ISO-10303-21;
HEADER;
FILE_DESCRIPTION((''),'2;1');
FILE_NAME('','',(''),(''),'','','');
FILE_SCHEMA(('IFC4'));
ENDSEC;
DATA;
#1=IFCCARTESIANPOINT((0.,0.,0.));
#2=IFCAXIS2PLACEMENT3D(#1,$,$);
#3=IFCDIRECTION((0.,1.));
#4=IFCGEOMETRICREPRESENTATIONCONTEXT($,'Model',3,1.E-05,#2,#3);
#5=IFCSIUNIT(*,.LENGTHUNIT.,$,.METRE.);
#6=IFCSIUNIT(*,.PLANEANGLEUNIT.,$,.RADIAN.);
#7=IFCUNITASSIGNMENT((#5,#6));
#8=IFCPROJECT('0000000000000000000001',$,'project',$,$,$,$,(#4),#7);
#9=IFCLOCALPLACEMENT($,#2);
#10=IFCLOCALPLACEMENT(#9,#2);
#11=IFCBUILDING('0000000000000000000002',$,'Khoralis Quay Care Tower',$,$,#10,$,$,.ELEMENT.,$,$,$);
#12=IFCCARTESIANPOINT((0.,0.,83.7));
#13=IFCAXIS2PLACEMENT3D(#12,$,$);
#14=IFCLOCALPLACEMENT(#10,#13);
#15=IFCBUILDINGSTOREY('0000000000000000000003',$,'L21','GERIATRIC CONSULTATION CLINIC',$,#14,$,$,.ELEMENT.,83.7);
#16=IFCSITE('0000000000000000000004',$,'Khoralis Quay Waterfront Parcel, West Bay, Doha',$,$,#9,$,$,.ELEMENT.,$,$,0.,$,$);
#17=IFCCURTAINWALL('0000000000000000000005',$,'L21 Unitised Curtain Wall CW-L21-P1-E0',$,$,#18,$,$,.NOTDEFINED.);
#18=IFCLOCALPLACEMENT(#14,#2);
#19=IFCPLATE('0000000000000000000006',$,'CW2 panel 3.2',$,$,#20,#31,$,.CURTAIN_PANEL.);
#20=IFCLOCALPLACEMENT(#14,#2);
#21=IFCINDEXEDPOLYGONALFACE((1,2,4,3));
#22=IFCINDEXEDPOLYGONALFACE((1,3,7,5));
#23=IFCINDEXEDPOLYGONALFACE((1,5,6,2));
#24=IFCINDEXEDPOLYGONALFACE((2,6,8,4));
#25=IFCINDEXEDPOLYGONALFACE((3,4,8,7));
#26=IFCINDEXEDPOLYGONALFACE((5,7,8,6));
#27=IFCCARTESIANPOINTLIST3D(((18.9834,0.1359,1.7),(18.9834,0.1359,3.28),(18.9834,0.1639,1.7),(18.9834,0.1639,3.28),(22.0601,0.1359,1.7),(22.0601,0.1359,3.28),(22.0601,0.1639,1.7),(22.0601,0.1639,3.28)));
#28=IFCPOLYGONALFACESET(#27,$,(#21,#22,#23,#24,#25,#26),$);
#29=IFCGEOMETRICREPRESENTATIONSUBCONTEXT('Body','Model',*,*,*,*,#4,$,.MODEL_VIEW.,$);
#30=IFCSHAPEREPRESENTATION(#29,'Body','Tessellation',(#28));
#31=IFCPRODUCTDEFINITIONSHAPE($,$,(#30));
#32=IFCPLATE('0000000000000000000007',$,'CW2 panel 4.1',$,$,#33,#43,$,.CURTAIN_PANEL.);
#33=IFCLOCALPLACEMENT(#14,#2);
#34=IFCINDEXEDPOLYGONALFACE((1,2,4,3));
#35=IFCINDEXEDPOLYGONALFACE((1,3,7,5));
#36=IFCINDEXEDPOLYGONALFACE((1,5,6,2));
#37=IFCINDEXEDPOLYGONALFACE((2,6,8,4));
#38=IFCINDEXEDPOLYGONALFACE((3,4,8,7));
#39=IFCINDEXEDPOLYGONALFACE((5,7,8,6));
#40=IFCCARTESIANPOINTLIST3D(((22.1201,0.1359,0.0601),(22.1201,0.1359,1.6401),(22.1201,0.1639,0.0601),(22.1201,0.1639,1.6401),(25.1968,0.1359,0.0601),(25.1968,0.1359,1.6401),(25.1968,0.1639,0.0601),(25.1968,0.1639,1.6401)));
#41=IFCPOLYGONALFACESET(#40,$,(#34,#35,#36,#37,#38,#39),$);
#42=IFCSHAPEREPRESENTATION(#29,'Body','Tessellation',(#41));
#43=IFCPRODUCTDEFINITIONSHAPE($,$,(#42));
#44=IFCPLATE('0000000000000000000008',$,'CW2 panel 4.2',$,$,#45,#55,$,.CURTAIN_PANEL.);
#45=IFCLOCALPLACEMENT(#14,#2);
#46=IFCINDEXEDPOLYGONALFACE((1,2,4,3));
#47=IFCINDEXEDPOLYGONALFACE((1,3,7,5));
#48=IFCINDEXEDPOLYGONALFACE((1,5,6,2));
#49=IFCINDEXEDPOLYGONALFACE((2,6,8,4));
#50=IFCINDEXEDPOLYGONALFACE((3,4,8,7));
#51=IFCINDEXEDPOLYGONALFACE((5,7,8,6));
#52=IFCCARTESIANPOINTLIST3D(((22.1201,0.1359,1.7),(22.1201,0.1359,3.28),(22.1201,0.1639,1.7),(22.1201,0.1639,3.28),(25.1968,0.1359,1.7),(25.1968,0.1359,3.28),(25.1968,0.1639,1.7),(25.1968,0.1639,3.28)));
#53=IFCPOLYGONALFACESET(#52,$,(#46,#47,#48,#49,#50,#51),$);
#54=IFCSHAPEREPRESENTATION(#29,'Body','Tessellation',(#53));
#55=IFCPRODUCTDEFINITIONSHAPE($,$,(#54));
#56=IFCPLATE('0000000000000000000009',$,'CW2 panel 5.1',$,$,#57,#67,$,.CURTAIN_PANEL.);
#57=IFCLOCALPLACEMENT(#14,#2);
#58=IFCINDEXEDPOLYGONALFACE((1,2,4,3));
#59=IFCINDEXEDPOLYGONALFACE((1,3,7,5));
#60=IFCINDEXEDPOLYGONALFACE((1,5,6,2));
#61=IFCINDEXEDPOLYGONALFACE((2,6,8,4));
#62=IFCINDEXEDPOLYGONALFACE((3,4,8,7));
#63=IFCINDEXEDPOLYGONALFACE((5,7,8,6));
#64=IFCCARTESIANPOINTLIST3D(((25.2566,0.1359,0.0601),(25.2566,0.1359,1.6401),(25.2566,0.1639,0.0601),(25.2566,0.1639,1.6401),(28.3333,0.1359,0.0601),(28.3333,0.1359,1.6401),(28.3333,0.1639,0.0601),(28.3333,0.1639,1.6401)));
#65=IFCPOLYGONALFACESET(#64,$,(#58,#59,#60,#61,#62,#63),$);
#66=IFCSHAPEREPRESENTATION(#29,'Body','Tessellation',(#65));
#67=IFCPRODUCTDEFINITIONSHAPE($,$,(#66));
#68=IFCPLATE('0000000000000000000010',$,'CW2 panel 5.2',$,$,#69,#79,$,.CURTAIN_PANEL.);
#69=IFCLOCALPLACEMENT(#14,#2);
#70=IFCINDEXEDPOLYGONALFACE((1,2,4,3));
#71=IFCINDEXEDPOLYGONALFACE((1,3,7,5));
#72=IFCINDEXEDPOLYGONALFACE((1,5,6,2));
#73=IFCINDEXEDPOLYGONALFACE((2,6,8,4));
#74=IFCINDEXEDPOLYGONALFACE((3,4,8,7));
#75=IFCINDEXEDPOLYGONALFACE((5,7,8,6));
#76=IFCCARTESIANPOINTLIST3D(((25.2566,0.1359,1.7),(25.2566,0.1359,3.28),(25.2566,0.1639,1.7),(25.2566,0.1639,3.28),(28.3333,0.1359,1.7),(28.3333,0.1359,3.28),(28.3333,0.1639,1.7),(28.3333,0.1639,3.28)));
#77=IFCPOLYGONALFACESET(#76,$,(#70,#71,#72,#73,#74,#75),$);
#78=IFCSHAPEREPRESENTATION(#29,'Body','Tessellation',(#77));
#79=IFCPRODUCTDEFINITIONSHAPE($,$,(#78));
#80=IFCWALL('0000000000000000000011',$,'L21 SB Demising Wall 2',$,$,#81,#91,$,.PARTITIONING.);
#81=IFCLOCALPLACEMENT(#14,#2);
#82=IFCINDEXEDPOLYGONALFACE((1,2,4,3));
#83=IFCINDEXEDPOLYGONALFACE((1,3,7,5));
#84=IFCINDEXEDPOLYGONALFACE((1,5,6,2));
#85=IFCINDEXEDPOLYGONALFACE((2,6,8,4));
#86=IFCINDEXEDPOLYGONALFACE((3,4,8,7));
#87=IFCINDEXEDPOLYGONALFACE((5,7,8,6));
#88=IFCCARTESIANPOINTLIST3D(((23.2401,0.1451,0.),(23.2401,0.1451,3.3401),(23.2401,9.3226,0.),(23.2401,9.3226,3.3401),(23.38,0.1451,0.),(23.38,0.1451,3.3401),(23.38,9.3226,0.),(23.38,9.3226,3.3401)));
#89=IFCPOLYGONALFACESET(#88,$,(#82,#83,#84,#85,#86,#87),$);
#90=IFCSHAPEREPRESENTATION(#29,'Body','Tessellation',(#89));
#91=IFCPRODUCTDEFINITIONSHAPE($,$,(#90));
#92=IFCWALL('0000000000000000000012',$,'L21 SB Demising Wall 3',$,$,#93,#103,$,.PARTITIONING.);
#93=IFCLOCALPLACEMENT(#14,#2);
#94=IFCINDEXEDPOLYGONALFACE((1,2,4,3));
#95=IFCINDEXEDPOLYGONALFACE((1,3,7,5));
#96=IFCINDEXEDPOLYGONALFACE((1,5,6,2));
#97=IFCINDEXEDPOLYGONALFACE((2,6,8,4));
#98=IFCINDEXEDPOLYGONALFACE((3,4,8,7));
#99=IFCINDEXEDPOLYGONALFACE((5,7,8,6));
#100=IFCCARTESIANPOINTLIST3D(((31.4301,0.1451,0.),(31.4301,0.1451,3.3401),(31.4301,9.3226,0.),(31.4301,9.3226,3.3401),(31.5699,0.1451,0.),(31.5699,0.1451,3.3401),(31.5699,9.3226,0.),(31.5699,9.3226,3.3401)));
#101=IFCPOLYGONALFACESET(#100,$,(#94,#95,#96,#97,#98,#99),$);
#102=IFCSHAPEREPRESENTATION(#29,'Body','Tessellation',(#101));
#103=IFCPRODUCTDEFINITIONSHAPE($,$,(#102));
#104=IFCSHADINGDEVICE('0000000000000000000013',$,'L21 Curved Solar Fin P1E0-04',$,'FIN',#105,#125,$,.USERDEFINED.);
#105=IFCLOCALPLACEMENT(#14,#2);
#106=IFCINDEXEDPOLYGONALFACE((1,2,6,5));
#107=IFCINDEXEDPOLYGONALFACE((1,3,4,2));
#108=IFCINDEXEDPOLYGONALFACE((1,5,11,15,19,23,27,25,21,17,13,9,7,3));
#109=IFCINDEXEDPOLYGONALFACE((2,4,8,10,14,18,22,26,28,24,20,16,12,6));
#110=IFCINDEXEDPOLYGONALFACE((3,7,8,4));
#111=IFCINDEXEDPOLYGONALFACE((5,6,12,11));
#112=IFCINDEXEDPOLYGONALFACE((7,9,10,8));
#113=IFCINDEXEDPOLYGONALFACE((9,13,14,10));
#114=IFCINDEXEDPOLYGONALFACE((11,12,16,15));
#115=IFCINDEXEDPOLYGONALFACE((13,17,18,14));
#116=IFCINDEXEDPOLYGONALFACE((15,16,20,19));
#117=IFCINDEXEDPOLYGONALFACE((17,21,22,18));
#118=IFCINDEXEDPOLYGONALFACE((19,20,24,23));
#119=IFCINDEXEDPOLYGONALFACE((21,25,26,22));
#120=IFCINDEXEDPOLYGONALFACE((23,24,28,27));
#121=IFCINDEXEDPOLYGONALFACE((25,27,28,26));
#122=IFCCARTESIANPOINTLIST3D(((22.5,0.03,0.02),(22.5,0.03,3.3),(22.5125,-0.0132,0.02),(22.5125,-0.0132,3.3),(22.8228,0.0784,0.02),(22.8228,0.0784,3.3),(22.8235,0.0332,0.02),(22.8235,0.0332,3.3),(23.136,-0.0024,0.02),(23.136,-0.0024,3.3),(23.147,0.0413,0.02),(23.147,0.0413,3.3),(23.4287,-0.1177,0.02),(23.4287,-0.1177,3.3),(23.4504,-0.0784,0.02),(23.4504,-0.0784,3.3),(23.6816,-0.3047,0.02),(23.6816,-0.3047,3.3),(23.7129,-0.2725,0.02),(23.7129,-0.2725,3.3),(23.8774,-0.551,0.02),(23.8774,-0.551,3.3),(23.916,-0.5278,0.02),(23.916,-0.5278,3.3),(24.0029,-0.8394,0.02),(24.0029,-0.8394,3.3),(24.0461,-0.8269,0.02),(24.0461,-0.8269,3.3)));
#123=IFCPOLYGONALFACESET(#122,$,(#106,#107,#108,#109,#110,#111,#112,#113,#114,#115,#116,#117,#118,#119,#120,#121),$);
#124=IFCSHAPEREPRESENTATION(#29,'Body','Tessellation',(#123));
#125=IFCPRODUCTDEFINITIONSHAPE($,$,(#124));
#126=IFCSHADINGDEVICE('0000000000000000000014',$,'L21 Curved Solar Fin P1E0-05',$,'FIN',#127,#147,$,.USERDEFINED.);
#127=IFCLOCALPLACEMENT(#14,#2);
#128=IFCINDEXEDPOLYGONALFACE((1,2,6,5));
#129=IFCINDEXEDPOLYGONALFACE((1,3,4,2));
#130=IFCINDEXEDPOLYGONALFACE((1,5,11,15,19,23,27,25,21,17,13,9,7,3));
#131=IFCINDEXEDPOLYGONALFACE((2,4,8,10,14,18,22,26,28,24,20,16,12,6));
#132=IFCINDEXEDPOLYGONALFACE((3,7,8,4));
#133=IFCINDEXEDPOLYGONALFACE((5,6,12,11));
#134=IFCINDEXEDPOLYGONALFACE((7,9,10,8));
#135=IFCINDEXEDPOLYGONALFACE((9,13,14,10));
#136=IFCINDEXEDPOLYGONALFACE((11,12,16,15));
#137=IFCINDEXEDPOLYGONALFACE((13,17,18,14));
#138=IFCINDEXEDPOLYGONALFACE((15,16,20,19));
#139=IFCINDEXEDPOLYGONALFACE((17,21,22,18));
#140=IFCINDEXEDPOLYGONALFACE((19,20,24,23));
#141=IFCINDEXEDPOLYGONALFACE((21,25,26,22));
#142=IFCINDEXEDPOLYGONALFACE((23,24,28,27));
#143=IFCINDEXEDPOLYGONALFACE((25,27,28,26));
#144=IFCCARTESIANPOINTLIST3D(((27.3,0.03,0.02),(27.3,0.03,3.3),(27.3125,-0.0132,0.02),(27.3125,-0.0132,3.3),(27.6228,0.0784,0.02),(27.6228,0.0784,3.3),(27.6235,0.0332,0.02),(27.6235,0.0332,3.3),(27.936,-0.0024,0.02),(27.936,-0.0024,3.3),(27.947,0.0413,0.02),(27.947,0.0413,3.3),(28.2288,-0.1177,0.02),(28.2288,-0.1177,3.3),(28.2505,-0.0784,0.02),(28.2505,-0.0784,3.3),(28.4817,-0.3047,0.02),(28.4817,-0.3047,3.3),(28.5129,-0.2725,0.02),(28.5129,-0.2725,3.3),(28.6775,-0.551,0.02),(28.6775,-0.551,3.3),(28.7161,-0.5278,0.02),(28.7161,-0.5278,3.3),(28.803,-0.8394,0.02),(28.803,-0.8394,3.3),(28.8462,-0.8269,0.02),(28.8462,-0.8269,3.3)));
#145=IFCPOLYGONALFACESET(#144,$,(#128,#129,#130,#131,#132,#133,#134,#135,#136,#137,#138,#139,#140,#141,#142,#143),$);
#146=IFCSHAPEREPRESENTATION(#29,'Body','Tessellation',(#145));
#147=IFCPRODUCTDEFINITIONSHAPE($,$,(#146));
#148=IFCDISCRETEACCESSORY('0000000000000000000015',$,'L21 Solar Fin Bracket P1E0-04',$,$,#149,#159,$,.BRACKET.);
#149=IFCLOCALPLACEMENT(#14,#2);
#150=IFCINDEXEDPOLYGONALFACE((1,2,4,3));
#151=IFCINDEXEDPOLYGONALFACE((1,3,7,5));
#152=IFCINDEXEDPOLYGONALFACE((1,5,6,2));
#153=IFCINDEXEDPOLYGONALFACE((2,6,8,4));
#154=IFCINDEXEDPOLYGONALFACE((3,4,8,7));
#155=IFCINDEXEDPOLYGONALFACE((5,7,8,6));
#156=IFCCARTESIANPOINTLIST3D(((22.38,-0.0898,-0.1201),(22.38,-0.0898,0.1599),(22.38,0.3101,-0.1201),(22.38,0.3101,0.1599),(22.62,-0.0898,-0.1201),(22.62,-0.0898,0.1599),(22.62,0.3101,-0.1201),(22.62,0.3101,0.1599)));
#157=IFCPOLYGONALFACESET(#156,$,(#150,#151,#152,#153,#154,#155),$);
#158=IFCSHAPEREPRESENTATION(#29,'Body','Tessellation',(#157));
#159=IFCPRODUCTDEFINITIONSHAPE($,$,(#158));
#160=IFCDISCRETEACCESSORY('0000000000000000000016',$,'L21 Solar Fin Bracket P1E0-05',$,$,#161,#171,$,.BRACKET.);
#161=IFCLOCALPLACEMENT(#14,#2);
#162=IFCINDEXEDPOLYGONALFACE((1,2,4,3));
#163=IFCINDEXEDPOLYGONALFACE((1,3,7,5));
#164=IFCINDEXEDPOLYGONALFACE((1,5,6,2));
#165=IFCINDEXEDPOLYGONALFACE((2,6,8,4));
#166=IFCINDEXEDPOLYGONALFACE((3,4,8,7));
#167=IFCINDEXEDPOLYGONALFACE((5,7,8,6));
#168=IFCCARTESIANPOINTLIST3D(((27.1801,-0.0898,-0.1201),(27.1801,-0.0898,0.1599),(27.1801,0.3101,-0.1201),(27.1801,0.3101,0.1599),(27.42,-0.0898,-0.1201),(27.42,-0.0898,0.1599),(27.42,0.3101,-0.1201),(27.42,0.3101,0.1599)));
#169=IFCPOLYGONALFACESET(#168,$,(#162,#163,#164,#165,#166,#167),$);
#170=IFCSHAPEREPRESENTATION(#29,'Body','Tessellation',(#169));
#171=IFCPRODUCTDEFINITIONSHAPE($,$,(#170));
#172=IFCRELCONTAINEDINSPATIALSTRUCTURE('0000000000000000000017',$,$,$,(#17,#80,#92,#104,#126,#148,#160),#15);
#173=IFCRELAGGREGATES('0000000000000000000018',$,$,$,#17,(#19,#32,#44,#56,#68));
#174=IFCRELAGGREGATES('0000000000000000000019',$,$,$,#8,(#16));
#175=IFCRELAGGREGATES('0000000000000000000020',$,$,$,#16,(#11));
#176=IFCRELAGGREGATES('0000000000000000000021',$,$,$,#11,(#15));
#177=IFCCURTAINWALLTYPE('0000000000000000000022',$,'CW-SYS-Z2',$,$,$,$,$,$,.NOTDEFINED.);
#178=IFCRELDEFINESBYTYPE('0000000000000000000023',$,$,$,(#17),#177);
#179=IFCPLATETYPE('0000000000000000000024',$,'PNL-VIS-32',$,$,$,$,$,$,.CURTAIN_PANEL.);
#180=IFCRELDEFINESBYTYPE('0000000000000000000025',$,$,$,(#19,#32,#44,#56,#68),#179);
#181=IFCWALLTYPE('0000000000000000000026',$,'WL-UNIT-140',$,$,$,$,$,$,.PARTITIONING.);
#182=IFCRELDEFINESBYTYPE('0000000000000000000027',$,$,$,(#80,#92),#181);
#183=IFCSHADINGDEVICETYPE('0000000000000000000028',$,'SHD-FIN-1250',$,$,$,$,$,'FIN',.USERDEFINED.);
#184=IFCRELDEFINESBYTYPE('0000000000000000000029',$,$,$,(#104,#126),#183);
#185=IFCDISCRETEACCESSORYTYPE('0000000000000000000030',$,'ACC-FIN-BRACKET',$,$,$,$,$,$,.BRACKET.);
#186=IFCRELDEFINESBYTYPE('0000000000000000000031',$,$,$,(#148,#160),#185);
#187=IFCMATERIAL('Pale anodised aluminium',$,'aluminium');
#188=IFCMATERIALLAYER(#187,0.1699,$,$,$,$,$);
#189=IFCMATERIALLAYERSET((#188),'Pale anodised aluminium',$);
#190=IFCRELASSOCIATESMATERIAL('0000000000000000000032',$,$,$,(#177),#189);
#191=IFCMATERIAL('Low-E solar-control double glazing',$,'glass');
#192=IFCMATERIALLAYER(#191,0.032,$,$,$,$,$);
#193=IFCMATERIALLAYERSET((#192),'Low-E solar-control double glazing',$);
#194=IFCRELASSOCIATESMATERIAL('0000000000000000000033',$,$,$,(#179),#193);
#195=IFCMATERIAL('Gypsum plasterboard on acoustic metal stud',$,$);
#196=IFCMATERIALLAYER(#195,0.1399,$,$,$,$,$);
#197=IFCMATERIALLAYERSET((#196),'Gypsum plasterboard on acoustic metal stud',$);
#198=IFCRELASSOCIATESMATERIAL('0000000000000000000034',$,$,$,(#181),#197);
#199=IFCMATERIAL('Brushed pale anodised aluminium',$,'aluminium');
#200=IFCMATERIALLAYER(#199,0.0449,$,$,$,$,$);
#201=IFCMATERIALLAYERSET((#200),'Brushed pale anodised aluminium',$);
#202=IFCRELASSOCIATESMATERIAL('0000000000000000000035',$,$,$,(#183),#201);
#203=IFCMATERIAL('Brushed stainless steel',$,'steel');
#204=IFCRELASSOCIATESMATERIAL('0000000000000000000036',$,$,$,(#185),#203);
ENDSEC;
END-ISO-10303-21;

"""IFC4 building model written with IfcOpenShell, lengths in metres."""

from ifc_helpers import new_model, si_unit, direction, frame, frame_2d, origin, origin_2d, place, context, subcontext, project, spatial, polyline, rectangle, outline, extrude, source, transform, mapped, material, layer, layer_set, type_object, element, aggregate, save


model = new_model("IFC4")

# Units and contexts
model_context = context("Model", 3, precision=1e-05, world=origin(), true_north=direction((0.0, 1.0)))
body_context = subcontext(model_context, "Body", "Model", "MODEL_VIEW")
ifc_project = project(units=[si_unit("LENGTHUNIT", "METRE"), si_unit("PLANEANGLEUNIT", "RADIAN")], contexts=[model_context])

# Site, building, storey
site_placement = place(None, origin())
site = spatial("IfcSite", under=ifc_project, at=site_placement, Name="Khoralis Quay Waterfront Parcel, West Bay, Doha", CompositionType="ELEMENT", RefElevation=0.0)
building_placement = place(site_placement, origin())
building = spatial("IfcBuilding", under=site, at=building_placement, Name="Khoralis Quay Care Tower", CompositionType="ELEMENT")
storey_placement = place(building_placement, frame((0.0, 0.0, 83.7)))
storey = spatial("IfcBuildingStorey", under=building, at=storey_placement, Name="L21", Description="GERIATRIC CONSULTATION CLINIC", CompositionType="ELEMENT", Elevation=83.7)

# Curtain wall, plates
ifc_material_1 = material(Name="Pale anodised aluminium", Category="aluminium")
ifc_layer_1 = layer(ifc_material_1, 0.1699)
ifc_layer_set_1 = layer_set([ifc_layer_1], Name="Pale anodised aluminium")
curtain_wall_type = type_object("IfcCurtainWallType", Name="CW-SYS-Z2", PredefinedType="NOTDEFINED", material=ifc_layer_set_1)
curtain_wall_placement = place(storey_placement, origin())
curtain_wall = element("IfcCurtainWall", 1, at=curtain_wall_placement, inside=storey, type_object=curtain_wall_type, Name="L21 Unitised Curtain Wall CW-L21-P1-E0", PredefinedType="NOTDEFINED")
ifc_material_2 = material(Name="Low-E solar-control double glazing", Category="glass")
ifc_layer_2 = layer(ifc_material_2, 0.032)
ifc_layer_set_2 = layer_set([ifc_layer_2], Name="Low-E solar-control double glazing")
plate_type = type_object("IfcPlateType", Name="PNL-VIS-32", PredefinedType="CURTAIN_PANEL", material=ifc_layer_set_2)
shared_shape_1 = source(origin(), body_context, "Body", "SweptSolid", [
    extrude(rectangle(XDim=3.0767, YDim=0.0281, at=origin_2d()), origin(), (0.0, 0.0, 1.0), 1.5801),
])
plate_1_placement = place(storey_placement, frame((20.5217, 0.1499, 1.7), z_axis=(0.0, 0.0, 1.0), x_axis=(1.0, 0.0, 0.0)))
plate_1 = element("IfcPlate", 2, at=plate_1_placement, type_object=plate_type, Name="CW2 panel 3.2", PredefinedType="CURTAIN_PANEL", context=body_context, shape_type="MappedRepresentation", body=[
    mapped(shared_shape_1, transform((0.0, 0.0, 0.0), scale=1.0)),
])
plate_2_placement = place(storey_placement, frame((23.6584, 0.1499, 0.0601), z_axis=(0.0, 0.0, 1.0), x_axis=(1.0, 0.0, 0.0)))
plate_2 = element("IfcPlate", 3, at=plate_2_placement, type_object=plate_type, Name="CW2 panel 4.1", PredefinedType="CURTAIN_PANEL", context=body_context, shape_type="MappedRepresentation", body=[
    mapped(shared_shape_1, transform((0.0, 0.0, 0.0), scale=1.0)),
])
plate_3_placement = place(storey_placement, frame((23.6584, 0.1499, 1.7), z_axis=(0.0, 0.0, 1.0), x_axis=(1.0, 0.0, 0.0)))
plate_3 = element("IfcPlate", 4, at=plate_3_placement, type_object=plate_type, Name="CW2 panel 4.2", PredefinedType="CURTAIN_PANEL", context=body_context, shape_type="MappedRepresentation", body=[
    mapped(shared_shape_1, transform((0.0, 0.0, 0.0), scale=1.0)),
])
plate_4_placement = place(storey_placement, frame((26.7949, 0.1499, 0.0601), z_axis=(0.0, 0.0, 1.0), x_axis=(1.0, 0.0, 0.0)))
plate_4 = element("IfcPlate", 5, at=plate_4_placement, type_object=plate_type, Name="CW2 panel 5.1", PredefinedType="CURTAIN_PANEL", context=body_context, shape_type="MappedRepresentation", body=[
    mapped(shared_shape_1, transform((0.0, 0.0, 0.0), scale=1.0)),
])
plate_5_placement = place(storey_placement, frame((26.7949, 0.1499, 1.7), z_axis=(0.0, 0.0, 1.0), x_axis=(1.0, 0.0, 0.0)))
plate_5 = element("IfcPlate", 6, at=plate_5_placement, type_object=plate_type, Name="CW2 panel 5.2", PredefinedType="CURTAIN_PANEL", context=body_context, shape_type="MappedRepresentation", body=[
    mapped(shared_shape_1, transform((0.0, 0.0, 0.0), scale=1.0)),
])
aggregate(curtain_wall, [plate_1, plate_2, plate_3, plate_4, plate_5])

# Walls
ifc_material_3 = material(Name="Gypsum plasterboard on acoustic metal stud")
ifc_layer_3 = layer(ifc_material_3, 0.1399)
ifc_layer_set_3 = layer_set([ifc_layer_3], Name="Gypsum plasterboard on acoustic metal stud")
wall_type = type_object("IfcWallType", Name="WL-UNIT-140", PredefinedType="PARTITIONING", material=ifc_layer_set_3)
for number, where, z_axis, x_axis, name in (
    (7, (23.3101, 0.145, 0.0), (0.0, 0.0, 1.0), (0.0, 1.0, 0.0), "L21 SB Demising Wall 2"),
    (8, (31.5, 0.145, 0.0), (0.0, 0.0, 1.0), (0.0, 1.0, 0.0), "L21 SB Demising Wall 3"),
):
    element("IfcWall", number, at=place(storey_placement, frame(where, z_axis=z_axis, x_axis=x_axis)), inside=storey, type_object=wall_type, Name=name, PredefinedType="PARTITIONING", context=body_context, shape_type="SweptSolid", body=[
        extrude(rectangle(XDim=9.1775, YDim=0.1399, at=frame_2d((4.5889, 0.0))), origin(), (0.0, 0.0, 1.0), 3.3401),
    ])

# Shading devices
ifc_material_4 = material(Name="Brushed pale anodised aluminium", Category="aluminium")
ifc_layer_4 = layer(ifc_material_4, 0.0449)
ifc_layer_set_4 = layer_set([ifc_layer_4], Name="Brushed pale anodised aluminium")
shading_device_type = type_object("IfcShadingDeviceType", Name="SHD-FIN-1250", ElementType="FIN", PredefinedType="USERDEFINED", material=ifc_layer_set_4)
shared_shape_2 = source(origin(), body_context, "Body", "SweptSolid", [
    extrude(outline(polyline([(0.0, 0.0), (-0.0483, 0.3228), (-0.0112, 0.647), (0.1084, 0.9504), (0.3025, 1.2129), (0.5579, 1.416), (0.8569, 1.5461), (0.8694, 1.5029), (0.5811, 1.3774), (0.3347, 1.1816), (0.1477, 0.9287), (0.0325, 0.636), (-0.0032, 0.3235), (0.0432, 0.0125), (0.0, 0.0)])), origin(), (0.0, 0.0, 1.0), 3.28),
])
for number, where, z_axis, x_axis, name in (
    (9, (22.5, 0.03, 0.02), (0.0, 0.0, 1.0), (0.0, -1.0, 0.0), "L21 Curved Solar Fin P1E0-04"),
    (10, (27.3, 0.03, 0.02), (0.0, 0.0, 1.0), (0.0, -1.0, 0.0), "L21 Curved Solar Fin P1E0-05"),
):
    element("IfcShadingDevice", number, at=place(storey_placement, frame(where, z_axis=z_axis, x_axis=x_axis)), inside=storey, type_object=shading_device_type, Name=name, ObjectType="FIN", PredefinedType="USERDEFINED", context=body_context, shape_type="MappedRepresentation", body=[
        mapped(shared_shape_2, transform((0.0, 0.0, 0.0), scale=1.0)),
    ])

# Discrete accessories
ifc_material_5 = material(Name="Brushed stainless steel", Category="steel")
discrete_accessory_type = type_object("IfcDiscreteAccessoryType", Name="ACC-FIN-BRACKET", PredefinedType="BRACKET", material=ifc_material_5)
shared_shape_3 = source(origin(), body_context, "Body", "SweptSolid", [
    extrude(rectangle(XDim=0.3999, YDim=0.24, at=origin_2d()), origin(), (0.0, 0.0, 1.0), 0.28),
])
for number, where, z_axis, x_axis, name in (
    (11, (22.5, 0.1101, -0.1201), (0.0, 0.0, 1.0), (0.0, -1.0, 0.0), "L21 Solar Fin Bracket P1E0-04"),
    (12, (27.3, 0.1101, -0.1201), (0.0, 0.0, 1.0), (0.0, -1.0, 0.0), "L21 Solar Fin Bracket P1E0-05"),
):
    element("IfcDiscreteAccessory", number, at=place(storey_placement, frame(where, z_axis=z_axis, x_axis=x_axis)), inside=storey, type_object=discrete_accessory_type, Name=name, PredefinedType="BRACKET", context=body_context, shape_type="MappedRepresentation", body=[
        mapped(shared_shape_3, transform((0.0, 0.0, 0.0), scale=1.0)),
    ])

save(model, "model.ifc")
